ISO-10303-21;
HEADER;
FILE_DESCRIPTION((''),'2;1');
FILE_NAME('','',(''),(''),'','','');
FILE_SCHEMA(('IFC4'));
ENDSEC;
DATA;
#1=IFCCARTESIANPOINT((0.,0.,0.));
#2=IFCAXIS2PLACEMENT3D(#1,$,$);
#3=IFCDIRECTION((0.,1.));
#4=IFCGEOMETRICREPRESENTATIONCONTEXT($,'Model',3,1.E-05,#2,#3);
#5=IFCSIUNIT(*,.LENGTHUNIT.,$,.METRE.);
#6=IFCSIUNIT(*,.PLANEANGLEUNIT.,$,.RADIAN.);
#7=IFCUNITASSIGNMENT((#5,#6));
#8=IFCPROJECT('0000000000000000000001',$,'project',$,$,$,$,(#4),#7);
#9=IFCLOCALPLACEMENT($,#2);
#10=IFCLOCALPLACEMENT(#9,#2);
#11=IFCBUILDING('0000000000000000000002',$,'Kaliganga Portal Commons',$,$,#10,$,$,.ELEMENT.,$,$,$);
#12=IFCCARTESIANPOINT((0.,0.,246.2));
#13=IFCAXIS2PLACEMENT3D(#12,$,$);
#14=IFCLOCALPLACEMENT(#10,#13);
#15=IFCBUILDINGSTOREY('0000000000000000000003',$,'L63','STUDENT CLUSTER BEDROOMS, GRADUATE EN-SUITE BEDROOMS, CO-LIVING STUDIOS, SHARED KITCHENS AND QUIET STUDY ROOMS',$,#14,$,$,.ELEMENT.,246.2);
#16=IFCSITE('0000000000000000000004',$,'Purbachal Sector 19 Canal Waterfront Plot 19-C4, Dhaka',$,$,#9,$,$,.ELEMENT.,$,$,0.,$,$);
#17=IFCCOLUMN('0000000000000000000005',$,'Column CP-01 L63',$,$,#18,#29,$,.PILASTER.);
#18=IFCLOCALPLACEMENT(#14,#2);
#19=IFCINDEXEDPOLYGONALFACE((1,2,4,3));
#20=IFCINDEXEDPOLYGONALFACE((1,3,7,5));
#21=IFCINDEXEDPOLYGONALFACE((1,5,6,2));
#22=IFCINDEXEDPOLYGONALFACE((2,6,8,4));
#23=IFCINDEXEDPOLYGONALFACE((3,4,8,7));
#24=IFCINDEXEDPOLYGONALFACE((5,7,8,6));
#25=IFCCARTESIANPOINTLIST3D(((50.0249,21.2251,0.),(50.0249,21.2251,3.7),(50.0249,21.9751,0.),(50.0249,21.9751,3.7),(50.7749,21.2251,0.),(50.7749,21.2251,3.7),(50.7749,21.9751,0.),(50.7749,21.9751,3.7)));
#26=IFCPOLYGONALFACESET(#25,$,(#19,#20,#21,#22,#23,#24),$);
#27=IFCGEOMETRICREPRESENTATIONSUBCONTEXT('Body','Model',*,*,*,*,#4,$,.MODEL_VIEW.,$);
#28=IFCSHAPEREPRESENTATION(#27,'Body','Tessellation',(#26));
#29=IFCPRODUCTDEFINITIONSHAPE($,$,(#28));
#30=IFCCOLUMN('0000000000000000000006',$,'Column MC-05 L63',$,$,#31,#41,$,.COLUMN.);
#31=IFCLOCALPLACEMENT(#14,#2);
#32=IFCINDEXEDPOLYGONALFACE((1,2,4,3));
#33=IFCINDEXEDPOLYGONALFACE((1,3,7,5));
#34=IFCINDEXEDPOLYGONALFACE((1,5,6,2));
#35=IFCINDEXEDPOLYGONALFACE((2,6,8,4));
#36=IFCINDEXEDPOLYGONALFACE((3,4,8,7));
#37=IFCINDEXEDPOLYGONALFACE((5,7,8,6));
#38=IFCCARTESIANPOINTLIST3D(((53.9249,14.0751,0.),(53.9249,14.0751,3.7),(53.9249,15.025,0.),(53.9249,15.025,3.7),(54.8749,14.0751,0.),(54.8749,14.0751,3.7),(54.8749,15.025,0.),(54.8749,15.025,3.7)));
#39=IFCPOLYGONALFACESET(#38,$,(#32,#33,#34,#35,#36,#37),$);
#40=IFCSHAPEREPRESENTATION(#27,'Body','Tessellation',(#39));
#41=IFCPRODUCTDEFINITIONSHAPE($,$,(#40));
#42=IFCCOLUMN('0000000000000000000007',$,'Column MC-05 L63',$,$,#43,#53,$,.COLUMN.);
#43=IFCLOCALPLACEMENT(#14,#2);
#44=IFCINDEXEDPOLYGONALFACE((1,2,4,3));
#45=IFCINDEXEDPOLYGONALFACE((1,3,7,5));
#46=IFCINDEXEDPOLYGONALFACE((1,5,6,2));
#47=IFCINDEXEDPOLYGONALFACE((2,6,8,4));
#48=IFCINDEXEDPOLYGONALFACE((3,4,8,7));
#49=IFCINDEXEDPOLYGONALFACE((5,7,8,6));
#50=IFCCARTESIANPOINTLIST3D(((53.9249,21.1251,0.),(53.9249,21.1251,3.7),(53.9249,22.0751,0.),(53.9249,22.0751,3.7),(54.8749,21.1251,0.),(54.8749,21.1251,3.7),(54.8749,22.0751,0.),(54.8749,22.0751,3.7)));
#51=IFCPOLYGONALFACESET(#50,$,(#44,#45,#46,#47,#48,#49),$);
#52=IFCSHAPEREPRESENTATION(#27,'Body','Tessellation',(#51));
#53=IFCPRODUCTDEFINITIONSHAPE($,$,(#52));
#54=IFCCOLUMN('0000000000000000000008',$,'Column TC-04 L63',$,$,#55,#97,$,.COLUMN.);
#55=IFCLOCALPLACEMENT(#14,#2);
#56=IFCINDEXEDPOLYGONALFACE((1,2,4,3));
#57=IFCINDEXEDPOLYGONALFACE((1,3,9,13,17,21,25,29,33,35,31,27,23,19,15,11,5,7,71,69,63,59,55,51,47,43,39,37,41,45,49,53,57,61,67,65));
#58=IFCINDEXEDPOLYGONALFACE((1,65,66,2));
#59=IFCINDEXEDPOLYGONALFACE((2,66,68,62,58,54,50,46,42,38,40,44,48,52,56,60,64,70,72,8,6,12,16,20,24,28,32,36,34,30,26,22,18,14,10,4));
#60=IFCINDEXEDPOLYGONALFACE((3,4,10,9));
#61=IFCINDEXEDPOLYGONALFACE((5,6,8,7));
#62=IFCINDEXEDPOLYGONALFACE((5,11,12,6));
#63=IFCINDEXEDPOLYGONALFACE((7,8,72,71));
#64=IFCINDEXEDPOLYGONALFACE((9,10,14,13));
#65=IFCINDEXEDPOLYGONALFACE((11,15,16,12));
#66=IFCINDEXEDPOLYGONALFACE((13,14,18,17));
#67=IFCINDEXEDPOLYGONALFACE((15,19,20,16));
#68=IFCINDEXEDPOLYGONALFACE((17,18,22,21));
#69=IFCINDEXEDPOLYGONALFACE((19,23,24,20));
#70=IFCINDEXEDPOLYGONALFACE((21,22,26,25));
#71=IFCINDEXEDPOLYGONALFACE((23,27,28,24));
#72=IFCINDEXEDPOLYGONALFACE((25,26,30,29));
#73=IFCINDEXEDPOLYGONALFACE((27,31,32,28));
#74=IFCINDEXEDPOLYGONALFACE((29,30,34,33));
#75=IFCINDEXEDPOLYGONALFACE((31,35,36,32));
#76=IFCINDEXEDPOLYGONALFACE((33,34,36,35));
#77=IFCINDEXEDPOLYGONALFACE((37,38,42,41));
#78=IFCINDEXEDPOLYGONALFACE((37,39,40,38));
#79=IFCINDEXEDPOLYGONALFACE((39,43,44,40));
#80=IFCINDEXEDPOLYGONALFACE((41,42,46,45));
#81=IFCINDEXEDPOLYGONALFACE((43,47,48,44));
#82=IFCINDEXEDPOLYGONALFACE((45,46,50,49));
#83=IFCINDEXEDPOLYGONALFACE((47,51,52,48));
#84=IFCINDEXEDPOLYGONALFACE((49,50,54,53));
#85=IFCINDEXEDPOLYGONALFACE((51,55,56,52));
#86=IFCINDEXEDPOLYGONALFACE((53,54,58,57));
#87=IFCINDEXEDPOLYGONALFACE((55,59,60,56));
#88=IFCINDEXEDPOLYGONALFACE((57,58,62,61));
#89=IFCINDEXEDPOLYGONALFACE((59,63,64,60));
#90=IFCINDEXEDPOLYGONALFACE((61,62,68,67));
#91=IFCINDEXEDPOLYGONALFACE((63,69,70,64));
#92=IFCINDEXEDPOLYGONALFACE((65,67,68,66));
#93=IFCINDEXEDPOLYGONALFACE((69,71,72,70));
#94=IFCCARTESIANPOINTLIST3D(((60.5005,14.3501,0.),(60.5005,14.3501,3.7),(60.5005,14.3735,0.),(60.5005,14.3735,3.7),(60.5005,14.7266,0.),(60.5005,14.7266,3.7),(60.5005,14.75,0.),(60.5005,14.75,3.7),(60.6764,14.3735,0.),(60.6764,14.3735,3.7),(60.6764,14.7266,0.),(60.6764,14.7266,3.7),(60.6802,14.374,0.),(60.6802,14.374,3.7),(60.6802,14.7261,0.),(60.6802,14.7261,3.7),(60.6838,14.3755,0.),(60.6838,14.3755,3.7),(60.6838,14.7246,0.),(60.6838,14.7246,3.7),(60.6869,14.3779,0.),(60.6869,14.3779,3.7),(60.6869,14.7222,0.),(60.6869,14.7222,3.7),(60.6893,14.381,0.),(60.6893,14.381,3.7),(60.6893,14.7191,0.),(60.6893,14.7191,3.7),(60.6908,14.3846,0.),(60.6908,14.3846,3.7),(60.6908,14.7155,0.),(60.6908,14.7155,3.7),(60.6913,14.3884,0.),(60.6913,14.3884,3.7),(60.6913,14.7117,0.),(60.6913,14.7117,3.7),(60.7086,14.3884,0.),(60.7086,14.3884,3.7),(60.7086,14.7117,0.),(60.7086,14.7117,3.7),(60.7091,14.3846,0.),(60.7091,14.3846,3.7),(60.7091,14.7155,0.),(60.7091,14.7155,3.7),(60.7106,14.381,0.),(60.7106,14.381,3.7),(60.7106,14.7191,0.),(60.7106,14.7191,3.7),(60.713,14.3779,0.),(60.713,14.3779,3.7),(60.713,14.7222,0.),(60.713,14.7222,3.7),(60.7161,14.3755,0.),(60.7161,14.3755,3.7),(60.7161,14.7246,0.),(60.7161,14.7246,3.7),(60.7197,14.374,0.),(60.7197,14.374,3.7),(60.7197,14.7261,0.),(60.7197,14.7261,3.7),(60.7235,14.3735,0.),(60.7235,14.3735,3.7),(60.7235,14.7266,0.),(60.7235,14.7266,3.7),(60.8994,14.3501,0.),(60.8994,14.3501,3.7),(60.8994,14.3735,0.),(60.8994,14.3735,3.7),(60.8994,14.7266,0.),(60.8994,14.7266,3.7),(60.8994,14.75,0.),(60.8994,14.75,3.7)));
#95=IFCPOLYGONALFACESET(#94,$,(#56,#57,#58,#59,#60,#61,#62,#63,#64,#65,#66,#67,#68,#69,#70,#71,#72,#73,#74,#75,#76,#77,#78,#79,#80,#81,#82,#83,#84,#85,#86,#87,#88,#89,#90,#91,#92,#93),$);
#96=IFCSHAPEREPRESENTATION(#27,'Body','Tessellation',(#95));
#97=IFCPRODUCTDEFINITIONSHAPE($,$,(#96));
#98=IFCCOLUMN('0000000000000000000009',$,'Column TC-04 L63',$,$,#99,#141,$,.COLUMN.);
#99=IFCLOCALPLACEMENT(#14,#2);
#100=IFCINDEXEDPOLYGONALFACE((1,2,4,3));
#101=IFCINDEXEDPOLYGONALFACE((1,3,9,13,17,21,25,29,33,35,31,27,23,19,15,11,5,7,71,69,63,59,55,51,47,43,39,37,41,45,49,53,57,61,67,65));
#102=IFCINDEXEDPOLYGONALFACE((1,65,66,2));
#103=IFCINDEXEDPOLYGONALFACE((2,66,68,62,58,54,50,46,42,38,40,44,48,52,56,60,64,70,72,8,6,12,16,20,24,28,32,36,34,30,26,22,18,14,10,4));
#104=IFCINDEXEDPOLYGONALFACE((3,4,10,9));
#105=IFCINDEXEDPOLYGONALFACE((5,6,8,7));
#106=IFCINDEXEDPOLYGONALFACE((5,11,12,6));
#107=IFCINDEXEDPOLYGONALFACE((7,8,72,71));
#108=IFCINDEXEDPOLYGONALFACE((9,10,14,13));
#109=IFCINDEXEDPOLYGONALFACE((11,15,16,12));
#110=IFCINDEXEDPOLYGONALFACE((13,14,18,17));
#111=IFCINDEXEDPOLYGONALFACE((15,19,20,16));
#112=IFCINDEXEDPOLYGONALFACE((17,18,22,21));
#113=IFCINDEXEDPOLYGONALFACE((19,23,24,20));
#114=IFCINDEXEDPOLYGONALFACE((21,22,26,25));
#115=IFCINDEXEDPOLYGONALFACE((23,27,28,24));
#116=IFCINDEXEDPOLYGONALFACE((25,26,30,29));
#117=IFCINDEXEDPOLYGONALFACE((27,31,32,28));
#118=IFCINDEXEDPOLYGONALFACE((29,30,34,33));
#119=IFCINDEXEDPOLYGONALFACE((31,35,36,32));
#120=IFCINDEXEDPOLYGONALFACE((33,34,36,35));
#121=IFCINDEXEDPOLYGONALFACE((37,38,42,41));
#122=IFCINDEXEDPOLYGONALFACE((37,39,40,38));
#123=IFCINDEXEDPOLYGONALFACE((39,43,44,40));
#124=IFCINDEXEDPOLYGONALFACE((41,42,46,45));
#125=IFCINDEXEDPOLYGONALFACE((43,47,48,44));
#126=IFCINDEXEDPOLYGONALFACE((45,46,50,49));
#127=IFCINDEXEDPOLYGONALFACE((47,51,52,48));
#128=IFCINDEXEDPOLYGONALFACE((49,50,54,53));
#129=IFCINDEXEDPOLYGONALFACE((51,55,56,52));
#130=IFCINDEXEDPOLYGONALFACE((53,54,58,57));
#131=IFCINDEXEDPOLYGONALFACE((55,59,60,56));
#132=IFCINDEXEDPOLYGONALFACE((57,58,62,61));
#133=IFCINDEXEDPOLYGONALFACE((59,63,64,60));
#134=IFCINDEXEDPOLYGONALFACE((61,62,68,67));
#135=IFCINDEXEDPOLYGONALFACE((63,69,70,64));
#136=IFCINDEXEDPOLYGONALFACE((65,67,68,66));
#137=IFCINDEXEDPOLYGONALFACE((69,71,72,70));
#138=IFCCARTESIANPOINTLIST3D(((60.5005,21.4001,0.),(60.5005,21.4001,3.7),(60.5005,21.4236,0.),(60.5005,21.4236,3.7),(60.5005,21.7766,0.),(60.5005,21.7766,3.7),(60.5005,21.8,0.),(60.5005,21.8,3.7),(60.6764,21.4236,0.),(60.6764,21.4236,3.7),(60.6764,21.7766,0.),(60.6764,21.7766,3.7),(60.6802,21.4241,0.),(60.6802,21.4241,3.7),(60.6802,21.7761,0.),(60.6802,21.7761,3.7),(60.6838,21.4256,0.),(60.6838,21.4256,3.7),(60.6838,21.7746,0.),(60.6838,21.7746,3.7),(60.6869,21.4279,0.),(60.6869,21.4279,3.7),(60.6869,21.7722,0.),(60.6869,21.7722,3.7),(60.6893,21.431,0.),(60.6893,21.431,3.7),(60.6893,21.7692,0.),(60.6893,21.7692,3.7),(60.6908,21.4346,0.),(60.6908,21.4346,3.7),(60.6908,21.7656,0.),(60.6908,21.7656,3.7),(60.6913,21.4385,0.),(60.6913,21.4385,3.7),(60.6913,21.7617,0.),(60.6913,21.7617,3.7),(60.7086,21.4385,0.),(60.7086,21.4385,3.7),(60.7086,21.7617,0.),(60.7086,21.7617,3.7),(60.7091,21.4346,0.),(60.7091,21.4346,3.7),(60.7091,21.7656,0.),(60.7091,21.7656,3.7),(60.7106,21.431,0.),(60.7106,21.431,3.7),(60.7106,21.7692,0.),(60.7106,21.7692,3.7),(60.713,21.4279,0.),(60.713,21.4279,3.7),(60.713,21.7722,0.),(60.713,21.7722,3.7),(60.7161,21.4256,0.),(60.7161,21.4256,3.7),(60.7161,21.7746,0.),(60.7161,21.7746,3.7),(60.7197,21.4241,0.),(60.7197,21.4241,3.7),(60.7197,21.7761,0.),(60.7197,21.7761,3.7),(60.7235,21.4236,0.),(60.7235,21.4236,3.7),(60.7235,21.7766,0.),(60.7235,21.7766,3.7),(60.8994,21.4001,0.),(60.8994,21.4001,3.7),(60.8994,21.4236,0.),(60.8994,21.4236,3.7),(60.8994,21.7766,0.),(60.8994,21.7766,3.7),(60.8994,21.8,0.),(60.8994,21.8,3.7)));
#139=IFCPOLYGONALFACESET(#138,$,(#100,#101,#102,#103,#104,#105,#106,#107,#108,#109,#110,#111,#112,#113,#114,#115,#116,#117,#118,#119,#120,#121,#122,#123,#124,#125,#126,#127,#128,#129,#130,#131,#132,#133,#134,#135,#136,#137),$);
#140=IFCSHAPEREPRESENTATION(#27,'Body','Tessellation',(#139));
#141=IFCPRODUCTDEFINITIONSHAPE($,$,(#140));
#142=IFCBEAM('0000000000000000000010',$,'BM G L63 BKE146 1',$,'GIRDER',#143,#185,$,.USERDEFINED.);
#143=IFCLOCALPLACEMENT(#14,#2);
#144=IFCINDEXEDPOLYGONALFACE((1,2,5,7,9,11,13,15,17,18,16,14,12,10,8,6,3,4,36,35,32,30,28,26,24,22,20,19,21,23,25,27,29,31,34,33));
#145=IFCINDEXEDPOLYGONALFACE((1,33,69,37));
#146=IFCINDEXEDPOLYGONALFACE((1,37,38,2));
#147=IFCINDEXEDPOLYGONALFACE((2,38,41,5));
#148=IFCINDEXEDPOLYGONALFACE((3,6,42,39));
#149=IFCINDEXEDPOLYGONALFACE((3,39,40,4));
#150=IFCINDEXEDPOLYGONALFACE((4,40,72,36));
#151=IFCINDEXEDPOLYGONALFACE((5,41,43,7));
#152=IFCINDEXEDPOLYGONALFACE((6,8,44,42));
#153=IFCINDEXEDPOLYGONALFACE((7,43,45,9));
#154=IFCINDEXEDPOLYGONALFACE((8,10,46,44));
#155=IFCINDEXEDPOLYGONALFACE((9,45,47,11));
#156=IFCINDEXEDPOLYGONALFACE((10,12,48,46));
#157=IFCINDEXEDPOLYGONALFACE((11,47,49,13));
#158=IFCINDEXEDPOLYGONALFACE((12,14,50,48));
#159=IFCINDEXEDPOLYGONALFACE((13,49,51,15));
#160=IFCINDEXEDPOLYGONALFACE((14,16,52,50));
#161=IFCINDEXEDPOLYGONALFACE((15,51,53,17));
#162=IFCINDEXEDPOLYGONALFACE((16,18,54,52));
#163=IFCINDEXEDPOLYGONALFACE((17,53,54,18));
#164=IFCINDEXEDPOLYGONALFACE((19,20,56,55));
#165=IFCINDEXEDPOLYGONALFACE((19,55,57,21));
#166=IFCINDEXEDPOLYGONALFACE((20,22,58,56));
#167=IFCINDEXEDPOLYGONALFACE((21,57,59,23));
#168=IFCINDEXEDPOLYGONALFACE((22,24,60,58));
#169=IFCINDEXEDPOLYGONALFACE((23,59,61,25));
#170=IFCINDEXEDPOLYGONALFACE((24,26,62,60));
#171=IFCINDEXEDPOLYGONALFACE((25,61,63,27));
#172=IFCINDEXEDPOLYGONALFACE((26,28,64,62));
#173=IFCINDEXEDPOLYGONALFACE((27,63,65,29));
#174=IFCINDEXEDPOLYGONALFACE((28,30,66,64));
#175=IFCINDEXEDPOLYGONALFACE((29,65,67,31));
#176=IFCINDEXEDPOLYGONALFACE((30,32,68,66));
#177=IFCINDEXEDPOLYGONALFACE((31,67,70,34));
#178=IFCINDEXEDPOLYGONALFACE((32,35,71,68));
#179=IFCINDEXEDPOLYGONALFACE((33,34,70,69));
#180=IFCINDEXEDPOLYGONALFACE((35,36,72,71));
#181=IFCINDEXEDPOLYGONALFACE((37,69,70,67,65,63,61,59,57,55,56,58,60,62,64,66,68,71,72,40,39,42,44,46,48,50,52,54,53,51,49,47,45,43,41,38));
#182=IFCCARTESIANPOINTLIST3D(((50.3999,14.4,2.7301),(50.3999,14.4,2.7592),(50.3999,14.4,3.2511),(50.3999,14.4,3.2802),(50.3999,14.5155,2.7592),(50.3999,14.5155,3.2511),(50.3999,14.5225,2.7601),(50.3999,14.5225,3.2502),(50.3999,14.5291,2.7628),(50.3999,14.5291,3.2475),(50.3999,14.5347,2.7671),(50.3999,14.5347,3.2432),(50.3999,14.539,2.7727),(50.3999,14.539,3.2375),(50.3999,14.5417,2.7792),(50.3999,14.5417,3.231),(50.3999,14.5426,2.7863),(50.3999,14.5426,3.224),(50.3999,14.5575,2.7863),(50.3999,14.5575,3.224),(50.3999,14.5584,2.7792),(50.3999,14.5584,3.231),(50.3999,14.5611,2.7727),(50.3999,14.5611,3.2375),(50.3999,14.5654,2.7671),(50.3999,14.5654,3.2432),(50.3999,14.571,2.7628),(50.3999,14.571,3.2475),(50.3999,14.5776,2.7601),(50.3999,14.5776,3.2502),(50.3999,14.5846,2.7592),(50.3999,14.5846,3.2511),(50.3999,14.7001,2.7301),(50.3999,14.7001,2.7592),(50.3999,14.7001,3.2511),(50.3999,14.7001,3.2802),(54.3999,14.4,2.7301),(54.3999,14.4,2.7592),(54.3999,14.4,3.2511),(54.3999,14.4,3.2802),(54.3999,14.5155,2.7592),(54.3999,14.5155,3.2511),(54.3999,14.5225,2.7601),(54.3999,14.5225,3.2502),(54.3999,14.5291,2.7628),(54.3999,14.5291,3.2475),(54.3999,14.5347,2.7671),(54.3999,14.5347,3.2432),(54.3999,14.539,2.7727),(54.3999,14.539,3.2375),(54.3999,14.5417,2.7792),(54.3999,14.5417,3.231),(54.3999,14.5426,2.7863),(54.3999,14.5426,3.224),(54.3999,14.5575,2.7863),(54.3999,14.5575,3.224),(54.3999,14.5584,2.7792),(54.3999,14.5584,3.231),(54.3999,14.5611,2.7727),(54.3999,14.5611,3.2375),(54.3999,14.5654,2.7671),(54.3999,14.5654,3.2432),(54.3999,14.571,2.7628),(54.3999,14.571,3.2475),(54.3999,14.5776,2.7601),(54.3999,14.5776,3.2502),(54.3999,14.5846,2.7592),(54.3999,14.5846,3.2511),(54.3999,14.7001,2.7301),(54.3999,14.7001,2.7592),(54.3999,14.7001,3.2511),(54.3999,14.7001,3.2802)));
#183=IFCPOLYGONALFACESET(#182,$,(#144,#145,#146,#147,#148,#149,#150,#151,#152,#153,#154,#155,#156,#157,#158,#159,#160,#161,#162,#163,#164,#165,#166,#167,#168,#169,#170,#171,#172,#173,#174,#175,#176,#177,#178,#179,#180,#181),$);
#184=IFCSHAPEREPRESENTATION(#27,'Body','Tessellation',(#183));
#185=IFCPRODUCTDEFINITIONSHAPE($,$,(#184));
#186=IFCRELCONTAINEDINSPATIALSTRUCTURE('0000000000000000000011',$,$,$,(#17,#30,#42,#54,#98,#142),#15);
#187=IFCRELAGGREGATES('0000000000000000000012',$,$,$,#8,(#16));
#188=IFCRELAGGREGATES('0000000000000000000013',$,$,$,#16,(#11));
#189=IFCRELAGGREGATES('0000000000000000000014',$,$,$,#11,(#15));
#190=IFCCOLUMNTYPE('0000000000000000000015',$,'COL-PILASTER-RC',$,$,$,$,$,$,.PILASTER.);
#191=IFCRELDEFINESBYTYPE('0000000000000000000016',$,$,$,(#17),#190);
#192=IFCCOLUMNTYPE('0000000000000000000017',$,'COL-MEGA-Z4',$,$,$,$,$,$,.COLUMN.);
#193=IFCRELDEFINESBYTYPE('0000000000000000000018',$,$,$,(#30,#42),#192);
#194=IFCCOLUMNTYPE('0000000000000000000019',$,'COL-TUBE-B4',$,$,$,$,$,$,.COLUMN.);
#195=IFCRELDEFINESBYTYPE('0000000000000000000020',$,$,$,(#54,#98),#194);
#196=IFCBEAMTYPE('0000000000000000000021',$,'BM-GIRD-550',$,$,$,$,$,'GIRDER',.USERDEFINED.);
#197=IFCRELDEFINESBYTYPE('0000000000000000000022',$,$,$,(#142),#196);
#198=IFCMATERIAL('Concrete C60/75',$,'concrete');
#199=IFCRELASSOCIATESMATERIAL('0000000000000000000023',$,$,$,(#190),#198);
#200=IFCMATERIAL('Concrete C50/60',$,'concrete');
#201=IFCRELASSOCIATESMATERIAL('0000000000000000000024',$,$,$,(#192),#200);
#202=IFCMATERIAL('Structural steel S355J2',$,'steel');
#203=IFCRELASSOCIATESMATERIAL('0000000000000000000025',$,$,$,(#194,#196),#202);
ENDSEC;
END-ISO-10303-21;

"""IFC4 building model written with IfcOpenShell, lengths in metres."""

from ifc_helpers import new_model, si_unit, direction, frame, origin, origin_2d, place, context, subcontext, project, spatial, rectangle, i_section, extrude, source, transform, mapped, material, material_profile, profile_set, type_object, element, save


model = new_model("IFC4")

# Units and contexts
model_context = context("Model", 3, precision=1e-05, world=origin(), true_north=direction((0.0, 1.0)))
body_context = subcontext(model_context, "Body", "Model", "MODEL_VIEW")
ifc_project = project(units=[si_unit("LENGTHUNIT", "METRE"), si_unit("PLANEANGLEUNIT", "RADIAN")], contexts=[model_context])

# Site, building, storey
site_placement = place(None, origin())
site = spatial("IfcSite", under=ifc_project, at=site_placement, Name="Purbachal Sector 19 Canal Waterfront Plot 19-C4, Dhaka", CompositionType="ELEMENT", RefElevation=0.0)
building_placement = place(site_placement, origin())
building = spatial("IfcBuilding", under=site, at=building_placement, Name="Kaliganga Portal Commons", CompositionType="ELEMENT")
storey_placement = place(building_placement, frame((0.0, 0.0, 246.2)))
storey = spatial("IfcBuildingStorey", under=building, at=storey_placement, Name="L63", Description="STUDENT CLUSTER BEDROOMS, GRADUATE EN-SUITE BEDROOMS, CO-LIVING STUDIOS, SHARED KITCHENS AND QUIET STUDY ROOMS", CompositionType="ELEMENT", Elevation=246.2)

# Columns
ifc_material_1 = material(Name="Concrete C60/75", Category="concrete")
ifc_material_profile_1 = material_profile(ifc_material_1, rectangle(XDim=0.75, YDim=0.75, at=origin_2d()), Name="RC 750x750")
ifc_profile_set_1 = profile_set([ifc_material_profile_1], Name="Concrete C60/75")
column_type_1 = type_object("IfcColumnType", Name="COL-PILASTER-RC", PredefinedType="PILASTER", material=ifc_profile_set_1)
shared_shape_1 = source(origin(), body_context, "Body", "SweptSolid", [
    extrude(rectangle(XDim=0.75, YDim=0.75, at=origin_2d()), origin(), (0.0, 0.0, 1.0), 3.7),
])
column_placement = place(storey_placement, frame((50.3999, 21.6001, 0.0), z_axis=(0.0, 0.0, 1.0), x_axis=(1.0, 0.0, 0.0)))
element("IfcColumn", 1, at=column_placement, inside=storey, type_object=column_type_1, Name="Column CP-01 L63", PredefinedType="PILASTER", context=body_context, shape_type="MappedRepresentation", body=[
    mapped(shared_shape_1, transform((0.0, 0.0, 0.0), x_axis=(1.0, 0.0, 0.0), y_axis=(0.0, 1.0, 0.0), z_axis=(0.0, 0.0, 1.0), scale=1.0)),
])
ifc_material_2 = material(Name="Concrete C50/60", Category="concrete")
ifc_material_profile_2 = material_profile(ifc_material_2, rectangle(XDim=0.95, YDim=0.95, at=origin_2d()), Name="RC 950x950")
ifc_profile_set_2 = profile_set([ifc_material_profile_2], Name="Concrete C50/60")
column_type_2 = type_object("IfcColumnType", Name="COL-MEGA-Z4", PredefinedType="COLUMN", material=ifc_profile_set_2)
shared_shape_2 = source(origin(), body_context, "Body", "SweptSolid", [
    extrude(rectangle(XDim=0.95, YDim=0.95, at=origin_2d()), origin(), (0.0, 0.0, 1.0), 3.7),
])
for number, where, z_axis, x_axis, name in (
    (2, (54.3999, 14.55, 0.0), (0.0, 0.0, 1.0), (1.0, 0.0, 0.0), "Column MC-05 L63"),
    (3, (54.3999, 21.6001, 0.0), (0.0, 0.0, 1.0), (1.0, 0.0, 0.0), "Column MC-05 L63"),
):
    element("IfcColumn", number, at=place(storey_placement, frame(where, z_axis=z_axis, x_axis=x_axis)), inside=storey, type_object=column_type_2, Name=name, PredefinedType="COLUMN", context=body_context, shape_type="MappedRepresentation", body=[
        mapped(shared_shape_2, transform((0.0, 0.0, 0.0), x_axis=(1.0, 0.0, 0.0), y_axis=(0.0, 1.0, 0.0), z_axis=(0.0, 0.0, 1.0), scale=1.0)),
    ])
ifc_material_3 = material(Name="Structural steel S355J2", Category="steel")
ifc_material_profile_3 = material_profile(ifc_material_3, i_section(OverallWidth=0.3989, OverallDepth=0.3999, WebThickness=0.0173, FlangeThickness=0.0234, FilletRadius=0.0149, at=origin_2d()), Name="HD 400x287")
ifc_profile_set_3 = profile_set([ifc_material_profile_3], Name="Structural steel S355J2 wide-flange")
column_type_3 = type_object("IfcColumnType", Name="COL-TUBE-B4", PredefinedType="COLUMN", material=ifc_profile_set_3)
shared_shape_3 = source(origin(), body_context, "Body", "SweptSolid", [
    extrude(i_section(OverallWidth=0.3989, OverallDepth=0.3999, WebThickness=0.0173, FlangeThickness=0.0234, FilletRadius=0.0149, at=origin_2d()), origin(), (0.0, 0.0, 1.0), 3.7),
])
for number, where, z_axis, x_axis, name in (
    (4, (60.7, 14.55, 0.0), (0.0, 0.0, 1.0), (1.0, 0.0, 0.0), "Column TC-04 L63"),
    (5, (60.7, 21.6001, 0.0), (0.0, 0.0, 1.0), (1.0, 0.0, 0.0), "Column TC-04 L63"),
):
    element("IfcColumn", number, at=place(storey_placement, frame(where, z_axis=z_axis, x_axis=x_axis)), inside=storey, type_object=column_type_3, Name=name, PredefinedType="COLUMN", context=body_context, shape_type="MappedRepresentation", body=[
        mapped(shared_shape_3, transform((0.0, 0.0, 0.0), x_axis=(1.0, 0.0, 0.0), y_axis=(0.0, 1.0, 0.0), z_axis=(0.0, 0.0, 1.0), scale=1.0)),
    ])

# Beam
ifc_material_profile_4 = material_profile(ifc_material_3, i_section(OverallWidth=0.3, OverallDepth=0.55, WebThickness=0.0149, FlangeThickness=0.0291, FilletRadius=0.0271, at=origin_2d()), Name="HE 550 B")
ifc_profile_set_4 = profile_set([ifc_material_profile_4], Name="Structural steel S355J2 wide-flange")
beam_type_1 = type_object("IfcBeamType", Name="BM-GIRD-550", ElementType="GIRDER", PredefinedType="USERDEFINED", material=ifc_profile_set_4)
shared_shape_4 = source(origin(), body_context, "Body", "SweptSolid", [
    extrude(i_section(OverallWidth=0.3, OverallDepth=0.55, WebThickness=0.0149, FlangeThickness=0.0291, FilletRadius=0.0271, at=origin_2d()), origin(), (0.0, 0.0, 1.0), 4.0),
])
for number, where, z_axis, x_axis, name in (
    (6, (50.3999, 14.55, 3.0051), (1.0, 0.0, 0.0), (0.0, 1.0, 0.0), "BM G L63 BKE146 1"),
):
    element("IfcBeam", number, at=place(storey_placement, frame(where, z_axis=z_axis, x_axis=x_axis)), inside=storey, type_object=beam_type_1, Name=name, ObjectType="GIRDER", PredefinedType="USERDEFINED", context=body_context, shape_type="MappedRepresentation", body=[
        mapped(shared_shape_4, transform((0.0, 0.0, 0.0), x_axis=(1.0, 0.0, 0.0), y_axis=(0.0, 1.0, 0.0), z_axis=(0.0, 0.0, 1.0), scale=1.0)),
    ])

save(model, "model.ifc")
